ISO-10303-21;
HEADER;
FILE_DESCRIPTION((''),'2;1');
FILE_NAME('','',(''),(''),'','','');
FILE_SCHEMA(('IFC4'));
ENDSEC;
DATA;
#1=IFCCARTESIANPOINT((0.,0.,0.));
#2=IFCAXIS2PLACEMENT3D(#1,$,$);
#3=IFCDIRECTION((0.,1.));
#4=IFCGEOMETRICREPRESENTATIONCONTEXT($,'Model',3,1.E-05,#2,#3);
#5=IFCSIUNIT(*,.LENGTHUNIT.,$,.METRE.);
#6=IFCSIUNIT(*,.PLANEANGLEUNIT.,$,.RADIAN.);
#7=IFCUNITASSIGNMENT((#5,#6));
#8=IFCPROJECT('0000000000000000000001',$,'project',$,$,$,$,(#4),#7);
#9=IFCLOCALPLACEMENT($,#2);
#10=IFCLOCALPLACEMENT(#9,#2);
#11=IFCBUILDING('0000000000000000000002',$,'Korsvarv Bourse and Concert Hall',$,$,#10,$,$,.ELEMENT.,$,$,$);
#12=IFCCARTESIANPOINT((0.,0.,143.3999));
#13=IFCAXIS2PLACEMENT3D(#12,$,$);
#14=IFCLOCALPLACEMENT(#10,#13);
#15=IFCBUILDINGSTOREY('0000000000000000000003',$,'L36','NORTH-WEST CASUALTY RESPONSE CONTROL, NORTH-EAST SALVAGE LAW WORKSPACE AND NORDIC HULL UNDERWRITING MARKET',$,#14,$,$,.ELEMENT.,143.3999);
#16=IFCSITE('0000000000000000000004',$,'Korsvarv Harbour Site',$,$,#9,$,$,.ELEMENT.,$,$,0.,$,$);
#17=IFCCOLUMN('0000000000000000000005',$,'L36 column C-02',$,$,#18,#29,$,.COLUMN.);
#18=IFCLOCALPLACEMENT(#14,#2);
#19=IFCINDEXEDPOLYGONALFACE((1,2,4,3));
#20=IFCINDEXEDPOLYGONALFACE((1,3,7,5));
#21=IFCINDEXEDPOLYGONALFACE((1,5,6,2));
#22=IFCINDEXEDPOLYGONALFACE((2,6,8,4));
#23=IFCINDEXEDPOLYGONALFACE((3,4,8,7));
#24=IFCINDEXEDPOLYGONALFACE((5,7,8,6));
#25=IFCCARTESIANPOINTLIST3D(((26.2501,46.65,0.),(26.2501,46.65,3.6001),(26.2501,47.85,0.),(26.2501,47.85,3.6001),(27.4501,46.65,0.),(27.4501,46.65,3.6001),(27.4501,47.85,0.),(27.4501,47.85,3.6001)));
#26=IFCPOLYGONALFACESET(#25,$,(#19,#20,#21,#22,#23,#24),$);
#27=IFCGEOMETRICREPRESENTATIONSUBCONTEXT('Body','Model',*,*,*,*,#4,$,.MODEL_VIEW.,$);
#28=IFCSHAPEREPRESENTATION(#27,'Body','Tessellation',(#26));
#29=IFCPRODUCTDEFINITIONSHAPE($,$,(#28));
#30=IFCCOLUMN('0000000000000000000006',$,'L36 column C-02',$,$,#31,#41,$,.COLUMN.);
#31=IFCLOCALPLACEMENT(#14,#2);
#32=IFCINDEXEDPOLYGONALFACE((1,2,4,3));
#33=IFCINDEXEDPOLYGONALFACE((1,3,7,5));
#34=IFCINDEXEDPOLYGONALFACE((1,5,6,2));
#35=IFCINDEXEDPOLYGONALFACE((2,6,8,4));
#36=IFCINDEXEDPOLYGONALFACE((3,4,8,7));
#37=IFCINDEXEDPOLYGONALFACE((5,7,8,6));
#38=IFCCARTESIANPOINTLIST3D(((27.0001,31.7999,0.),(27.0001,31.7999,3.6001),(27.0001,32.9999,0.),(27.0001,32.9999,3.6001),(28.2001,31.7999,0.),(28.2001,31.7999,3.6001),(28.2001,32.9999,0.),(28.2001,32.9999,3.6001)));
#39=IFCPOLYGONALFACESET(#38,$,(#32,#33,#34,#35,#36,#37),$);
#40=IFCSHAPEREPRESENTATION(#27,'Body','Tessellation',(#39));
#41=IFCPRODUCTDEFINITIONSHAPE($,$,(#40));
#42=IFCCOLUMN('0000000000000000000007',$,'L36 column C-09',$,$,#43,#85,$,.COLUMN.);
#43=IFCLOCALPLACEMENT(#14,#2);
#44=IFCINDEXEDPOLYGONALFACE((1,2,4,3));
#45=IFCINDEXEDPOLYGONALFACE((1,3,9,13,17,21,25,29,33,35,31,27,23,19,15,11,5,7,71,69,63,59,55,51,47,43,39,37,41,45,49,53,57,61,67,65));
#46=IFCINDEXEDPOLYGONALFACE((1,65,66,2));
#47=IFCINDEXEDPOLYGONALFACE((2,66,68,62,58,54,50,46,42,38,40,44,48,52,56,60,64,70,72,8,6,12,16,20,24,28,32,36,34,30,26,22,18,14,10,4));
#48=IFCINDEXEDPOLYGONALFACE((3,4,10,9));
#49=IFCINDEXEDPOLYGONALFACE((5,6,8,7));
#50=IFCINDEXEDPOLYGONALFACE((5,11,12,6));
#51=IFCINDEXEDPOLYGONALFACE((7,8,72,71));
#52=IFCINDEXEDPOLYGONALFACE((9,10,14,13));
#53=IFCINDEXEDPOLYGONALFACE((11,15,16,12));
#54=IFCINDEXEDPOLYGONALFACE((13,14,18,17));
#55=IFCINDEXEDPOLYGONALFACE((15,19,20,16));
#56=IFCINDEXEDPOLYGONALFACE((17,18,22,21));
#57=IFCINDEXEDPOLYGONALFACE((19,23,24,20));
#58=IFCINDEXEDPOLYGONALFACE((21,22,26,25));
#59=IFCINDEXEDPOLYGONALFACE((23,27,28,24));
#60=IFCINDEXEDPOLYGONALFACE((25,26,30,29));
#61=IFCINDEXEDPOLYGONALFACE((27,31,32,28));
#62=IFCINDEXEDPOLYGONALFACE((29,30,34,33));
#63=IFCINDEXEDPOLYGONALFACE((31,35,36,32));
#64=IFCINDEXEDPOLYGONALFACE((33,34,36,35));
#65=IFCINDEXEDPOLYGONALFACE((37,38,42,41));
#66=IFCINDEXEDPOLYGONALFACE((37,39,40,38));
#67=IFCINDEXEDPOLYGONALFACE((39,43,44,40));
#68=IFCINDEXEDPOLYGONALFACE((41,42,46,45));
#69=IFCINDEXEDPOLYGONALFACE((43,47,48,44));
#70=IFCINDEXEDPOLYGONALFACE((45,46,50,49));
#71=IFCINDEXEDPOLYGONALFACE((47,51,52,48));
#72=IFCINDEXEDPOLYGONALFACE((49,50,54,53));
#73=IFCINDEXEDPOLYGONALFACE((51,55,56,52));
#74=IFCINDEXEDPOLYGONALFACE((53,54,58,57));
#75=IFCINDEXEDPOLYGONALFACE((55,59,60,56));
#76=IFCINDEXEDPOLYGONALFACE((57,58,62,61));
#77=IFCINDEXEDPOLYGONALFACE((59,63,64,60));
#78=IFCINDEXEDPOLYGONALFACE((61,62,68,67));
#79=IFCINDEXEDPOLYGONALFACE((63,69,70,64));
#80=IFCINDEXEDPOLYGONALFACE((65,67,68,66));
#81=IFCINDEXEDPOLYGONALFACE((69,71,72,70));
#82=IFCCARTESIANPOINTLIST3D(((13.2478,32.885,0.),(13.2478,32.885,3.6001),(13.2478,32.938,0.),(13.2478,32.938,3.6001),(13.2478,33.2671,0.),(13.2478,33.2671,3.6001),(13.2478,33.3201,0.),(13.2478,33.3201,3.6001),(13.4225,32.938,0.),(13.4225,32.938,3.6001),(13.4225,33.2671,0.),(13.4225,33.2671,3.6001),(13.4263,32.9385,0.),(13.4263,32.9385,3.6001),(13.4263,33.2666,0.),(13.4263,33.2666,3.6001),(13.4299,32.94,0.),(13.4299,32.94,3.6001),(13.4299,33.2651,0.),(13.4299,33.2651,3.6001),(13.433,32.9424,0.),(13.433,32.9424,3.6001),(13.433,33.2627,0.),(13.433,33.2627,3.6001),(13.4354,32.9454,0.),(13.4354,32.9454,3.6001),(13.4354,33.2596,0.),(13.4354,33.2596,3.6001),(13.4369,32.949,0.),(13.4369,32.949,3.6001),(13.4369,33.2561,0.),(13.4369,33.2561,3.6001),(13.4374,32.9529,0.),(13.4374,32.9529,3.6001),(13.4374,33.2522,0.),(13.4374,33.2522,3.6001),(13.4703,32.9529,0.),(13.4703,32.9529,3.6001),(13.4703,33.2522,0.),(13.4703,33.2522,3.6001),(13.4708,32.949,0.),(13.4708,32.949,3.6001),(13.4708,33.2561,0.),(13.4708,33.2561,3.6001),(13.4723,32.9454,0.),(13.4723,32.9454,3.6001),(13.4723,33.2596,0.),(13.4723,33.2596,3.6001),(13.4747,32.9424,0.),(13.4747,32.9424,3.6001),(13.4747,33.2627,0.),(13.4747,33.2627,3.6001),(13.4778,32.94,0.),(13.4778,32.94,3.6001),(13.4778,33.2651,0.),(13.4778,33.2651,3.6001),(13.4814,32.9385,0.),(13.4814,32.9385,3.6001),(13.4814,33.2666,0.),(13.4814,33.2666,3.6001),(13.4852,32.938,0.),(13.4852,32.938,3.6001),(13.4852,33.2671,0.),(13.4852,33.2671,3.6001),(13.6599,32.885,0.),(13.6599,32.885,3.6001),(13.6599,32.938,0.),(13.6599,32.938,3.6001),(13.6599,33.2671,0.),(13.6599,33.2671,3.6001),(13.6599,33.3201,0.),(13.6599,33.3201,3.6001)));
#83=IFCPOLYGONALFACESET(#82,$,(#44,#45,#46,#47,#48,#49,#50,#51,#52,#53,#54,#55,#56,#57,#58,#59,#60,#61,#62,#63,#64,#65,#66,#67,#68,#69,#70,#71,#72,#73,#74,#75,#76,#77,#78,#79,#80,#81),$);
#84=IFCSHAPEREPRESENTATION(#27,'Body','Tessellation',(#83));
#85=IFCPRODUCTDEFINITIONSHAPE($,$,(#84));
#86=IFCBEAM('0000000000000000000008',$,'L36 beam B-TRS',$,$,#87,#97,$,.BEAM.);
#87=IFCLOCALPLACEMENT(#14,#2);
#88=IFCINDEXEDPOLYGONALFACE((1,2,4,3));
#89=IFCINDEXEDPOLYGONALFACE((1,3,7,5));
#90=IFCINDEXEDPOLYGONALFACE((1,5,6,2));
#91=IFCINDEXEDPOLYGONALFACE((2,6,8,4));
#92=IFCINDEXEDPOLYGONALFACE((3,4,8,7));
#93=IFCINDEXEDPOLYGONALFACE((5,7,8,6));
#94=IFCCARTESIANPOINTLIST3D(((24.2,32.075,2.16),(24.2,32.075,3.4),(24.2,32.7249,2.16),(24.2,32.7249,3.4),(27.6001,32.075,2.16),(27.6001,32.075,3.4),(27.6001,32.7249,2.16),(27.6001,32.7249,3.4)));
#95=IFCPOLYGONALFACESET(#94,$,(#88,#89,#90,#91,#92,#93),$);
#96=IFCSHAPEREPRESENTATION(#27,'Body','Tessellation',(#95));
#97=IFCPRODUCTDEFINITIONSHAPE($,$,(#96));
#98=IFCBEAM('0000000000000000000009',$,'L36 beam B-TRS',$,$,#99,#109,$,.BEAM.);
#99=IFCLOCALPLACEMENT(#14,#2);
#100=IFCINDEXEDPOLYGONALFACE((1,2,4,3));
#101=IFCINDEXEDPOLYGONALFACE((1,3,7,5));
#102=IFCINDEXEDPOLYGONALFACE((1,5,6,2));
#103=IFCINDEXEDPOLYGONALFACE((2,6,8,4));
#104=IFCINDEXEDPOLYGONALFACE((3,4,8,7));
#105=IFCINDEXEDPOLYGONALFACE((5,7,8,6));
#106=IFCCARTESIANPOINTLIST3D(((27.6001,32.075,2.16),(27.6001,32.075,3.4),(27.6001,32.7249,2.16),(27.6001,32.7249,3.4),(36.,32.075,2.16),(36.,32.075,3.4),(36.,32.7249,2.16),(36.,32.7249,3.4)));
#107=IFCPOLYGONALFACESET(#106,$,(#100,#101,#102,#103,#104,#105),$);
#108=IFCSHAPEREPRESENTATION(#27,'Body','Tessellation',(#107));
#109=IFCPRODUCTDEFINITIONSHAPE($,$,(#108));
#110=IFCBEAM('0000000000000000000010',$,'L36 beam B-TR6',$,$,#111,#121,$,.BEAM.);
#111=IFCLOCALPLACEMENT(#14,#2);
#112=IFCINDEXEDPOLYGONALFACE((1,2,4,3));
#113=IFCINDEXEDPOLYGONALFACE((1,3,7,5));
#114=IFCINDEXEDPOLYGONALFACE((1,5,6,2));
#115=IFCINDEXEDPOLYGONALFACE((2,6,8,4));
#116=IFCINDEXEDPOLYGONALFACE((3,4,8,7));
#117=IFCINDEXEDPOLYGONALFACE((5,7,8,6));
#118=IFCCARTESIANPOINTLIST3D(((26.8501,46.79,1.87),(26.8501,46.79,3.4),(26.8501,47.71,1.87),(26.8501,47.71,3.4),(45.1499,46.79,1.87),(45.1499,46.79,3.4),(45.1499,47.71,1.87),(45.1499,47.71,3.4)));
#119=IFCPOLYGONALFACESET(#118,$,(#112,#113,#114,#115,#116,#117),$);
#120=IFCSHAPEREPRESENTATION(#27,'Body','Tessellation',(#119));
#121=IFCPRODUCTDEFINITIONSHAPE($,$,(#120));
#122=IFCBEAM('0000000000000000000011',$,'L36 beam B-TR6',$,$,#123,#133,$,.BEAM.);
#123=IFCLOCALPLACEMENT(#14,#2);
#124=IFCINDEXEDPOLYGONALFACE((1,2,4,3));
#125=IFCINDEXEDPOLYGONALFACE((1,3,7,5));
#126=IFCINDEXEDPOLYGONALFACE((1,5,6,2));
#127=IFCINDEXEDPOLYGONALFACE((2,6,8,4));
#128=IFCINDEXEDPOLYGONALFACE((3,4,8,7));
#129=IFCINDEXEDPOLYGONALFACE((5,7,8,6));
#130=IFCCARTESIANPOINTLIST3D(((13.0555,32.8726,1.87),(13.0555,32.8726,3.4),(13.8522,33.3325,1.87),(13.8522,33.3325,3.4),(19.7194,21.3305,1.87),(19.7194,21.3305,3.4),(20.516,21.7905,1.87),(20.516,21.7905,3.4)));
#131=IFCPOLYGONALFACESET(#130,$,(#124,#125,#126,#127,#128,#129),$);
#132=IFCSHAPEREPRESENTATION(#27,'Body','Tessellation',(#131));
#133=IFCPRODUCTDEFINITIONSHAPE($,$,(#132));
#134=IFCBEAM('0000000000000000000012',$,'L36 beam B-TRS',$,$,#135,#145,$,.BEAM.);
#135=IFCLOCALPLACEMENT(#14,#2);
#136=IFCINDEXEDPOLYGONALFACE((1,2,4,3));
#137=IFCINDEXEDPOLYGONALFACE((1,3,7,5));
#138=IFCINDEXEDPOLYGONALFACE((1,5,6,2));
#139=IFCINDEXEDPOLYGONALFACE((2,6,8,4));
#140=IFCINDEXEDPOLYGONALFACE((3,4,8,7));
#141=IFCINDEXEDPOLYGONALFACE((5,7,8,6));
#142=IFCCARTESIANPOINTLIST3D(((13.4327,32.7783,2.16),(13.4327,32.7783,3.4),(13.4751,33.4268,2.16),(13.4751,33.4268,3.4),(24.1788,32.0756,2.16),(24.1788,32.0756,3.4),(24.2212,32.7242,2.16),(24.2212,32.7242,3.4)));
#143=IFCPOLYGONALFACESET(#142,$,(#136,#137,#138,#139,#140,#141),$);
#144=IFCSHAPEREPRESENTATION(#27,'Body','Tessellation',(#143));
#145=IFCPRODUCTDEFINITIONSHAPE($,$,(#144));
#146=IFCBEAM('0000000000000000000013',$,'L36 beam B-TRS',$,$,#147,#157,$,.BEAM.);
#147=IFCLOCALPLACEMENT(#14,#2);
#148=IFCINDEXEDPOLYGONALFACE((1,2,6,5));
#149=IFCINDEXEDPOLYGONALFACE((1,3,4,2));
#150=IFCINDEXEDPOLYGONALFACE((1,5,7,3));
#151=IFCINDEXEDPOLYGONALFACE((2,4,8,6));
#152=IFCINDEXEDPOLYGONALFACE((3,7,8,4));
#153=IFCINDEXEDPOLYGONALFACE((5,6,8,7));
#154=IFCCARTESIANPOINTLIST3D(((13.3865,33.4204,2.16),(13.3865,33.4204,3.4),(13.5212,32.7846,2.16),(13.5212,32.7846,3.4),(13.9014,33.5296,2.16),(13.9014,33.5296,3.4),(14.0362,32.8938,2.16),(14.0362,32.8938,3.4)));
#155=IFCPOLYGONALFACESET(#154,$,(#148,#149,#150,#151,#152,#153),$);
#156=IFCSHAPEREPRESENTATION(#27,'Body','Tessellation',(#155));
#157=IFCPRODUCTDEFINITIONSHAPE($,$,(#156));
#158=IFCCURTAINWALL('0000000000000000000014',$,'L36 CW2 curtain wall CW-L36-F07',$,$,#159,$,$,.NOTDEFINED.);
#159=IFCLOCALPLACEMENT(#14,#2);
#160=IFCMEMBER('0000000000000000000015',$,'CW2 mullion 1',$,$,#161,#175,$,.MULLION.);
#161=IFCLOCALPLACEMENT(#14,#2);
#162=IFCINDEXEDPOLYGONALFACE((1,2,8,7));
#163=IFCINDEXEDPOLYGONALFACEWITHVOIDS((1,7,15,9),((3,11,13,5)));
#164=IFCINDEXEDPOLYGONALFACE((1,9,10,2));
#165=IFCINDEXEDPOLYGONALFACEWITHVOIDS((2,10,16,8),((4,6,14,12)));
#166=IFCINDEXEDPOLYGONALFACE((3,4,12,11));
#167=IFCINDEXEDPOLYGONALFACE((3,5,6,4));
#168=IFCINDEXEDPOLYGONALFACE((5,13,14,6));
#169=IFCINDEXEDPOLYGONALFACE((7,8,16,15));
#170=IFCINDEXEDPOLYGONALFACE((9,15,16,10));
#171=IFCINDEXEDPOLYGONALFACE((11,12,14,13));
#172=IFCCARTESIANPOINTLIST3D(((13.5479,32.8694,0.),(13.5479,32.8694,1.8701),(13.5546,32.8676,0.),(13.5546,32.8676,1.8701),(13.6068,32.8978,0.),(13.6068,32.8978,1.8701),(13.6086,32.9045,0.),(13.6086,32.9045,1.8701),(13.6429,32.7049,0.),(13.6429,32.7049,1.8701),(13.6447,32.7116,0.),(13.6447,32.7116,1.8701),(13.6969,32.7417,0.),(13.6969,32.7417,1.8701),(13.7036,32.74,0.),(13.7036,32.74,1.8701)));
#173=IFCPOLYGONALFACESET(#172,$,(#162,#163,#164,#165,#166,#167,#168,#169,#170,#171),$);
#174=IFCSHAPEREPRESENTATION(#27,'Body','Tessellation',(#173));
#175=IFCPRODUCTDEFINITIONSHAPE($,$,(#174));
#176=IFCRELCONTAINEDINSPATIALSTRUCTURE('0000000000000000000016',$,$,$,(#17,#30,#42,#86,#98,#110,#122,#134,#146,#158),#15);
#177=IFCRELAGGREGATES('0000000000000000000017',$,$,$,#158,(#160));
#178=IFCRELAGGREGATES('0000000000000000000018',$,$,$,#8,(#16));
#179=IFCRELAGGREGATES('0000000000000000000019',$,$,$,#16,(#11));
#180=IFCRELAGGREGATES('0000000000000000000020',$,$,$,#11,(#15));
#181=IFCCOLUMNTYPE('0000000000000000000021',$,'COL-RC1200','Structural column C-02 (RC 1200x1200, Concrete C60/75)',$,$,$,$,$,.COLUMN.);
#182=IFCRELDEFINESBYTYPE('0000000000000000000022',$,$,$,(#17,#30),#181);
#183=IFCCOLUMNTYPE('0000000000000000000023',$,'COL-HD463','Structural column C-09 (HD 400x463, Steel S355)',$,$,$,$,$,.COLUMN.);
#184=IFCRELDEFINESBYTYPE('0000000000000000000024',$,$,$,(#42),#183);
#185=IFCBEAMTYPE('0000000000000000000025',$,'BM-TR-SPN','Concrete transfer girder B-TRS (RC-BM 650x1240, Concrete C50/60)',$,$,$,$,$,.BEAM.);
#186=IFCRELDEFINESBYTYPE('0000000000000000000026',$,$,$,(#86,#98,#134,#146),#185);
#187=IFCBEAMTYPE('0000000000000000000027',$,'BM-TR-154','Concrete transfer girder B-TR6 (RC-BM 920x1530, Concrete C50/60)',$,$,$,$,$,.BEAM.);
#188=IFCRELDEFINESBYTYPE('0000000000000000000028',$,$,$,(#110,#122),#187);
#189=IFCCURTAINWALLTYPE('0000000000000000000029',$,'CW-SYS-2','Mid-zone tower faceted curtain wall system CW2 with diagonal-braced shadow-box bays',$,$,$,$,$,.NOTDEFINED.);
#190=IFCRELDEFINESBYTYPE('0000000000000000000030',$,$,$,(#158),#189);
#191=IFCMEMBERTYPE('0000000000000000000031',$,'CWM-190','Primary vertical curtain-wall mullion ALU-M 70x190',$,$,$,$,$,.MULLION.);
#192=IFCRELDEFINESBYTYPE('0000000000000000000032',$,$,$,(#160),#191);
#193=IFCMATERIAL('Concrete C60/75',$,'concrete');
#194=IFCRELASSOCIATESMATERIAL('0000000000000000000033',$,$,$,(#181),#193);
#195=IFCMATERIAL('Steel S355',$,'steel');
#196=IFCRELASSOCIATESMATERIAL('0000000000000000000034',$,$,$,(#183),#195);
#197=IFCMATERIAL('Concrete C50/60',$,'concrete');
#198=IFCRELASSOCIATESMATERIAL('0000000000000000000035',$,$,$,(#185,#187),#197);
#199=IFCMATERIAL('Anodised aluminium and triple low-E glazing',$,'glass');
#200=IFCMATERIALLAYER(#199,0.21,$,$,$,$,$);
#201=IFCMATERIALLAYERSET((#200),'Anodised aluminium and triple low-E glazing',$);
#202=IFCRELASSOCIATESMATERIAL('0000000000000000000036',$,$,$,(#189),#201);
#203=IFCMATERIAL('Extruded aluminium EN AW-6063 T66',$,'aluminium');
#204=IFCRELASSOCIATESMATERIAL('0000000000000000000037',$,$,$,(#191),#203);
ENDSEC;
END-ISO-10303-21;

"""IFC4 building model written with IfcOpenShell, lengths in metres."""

from ifc_helpers import new_model, si_unit, direction, frame, origin, origin_2d, place, context, subcontext, project, spatial, rectangle, hollow_rectangle, i_section, extrude, source, transform, mapped, material, layer, layer_set, material_profile, profile_set, type_object, element, aggregate, save


model = new_model("IFC4")

# Units and contexts
model_context = context("Model", 3, precision=1e-05, world=origin(), true_north=direction((0.0, 1.0)))
body_context = subcontext(model_context, "Body", "Model", "MODEL_VIEW")
ifc_project = project(units=[si_unit("LENGTHUNIT", "METRE"), si_unit("PLANEANGLEUNIT", "RADIAN")], contexts=[model_context])

# Site, building, storey
site_placement = place(None, origin())
site = spatial("IfcSite", under=ifc_project, at=site_placement, Name="Korsvarv Harbour Site", CompositionType="ELEMENT", RefElevation=0.0)
building_placement = place(site_placement, origin())
building = spatial("IfcBuilding", under=site, at=building_placement, Name="Korsvarv Bourse and Concert Hall", CompositionType="ELEMENT")
storey_placement = place(building_placement, frame((0.0, 0.0, 143.3999)))
storey = spatial("IfcBuildingStorey", under=building, at=storey_placement, Name="L36", Description="NORTH-WEST CASUALTY RESPONSE CONTROL, NORTH-EAST SALVAGE LAW WORKSPACE AND NORDIC HULL UNDERWRITING MARKET", CompositionType="ELEMENT", Elevation=143.3999)

# Columns
ifc_material_1 = material(Name="Concrete C60/75", Category="concrete")
ifc_material_profile_1 = material_profile(ifc_material_1, rectangle(XDim=1.2, YDim=1.2, at=origin_2d()), Name="RC 1200x1200")
ifc_profile_set_1 = profile_set([ifc_material_profile_1], Name="Concrete C60/75")
column_type_1 = type_object("IfcColumnType", Name="COL-RC1200", Description="Structural column C-02 (RC 1200x1200, Concrete C60/75)", PredefinedType="COLUMN", material=ifc_profile_set_1)
shared_shape_1 = source(origin(), body_context, "Body", "SweptSolid", [
    extrude(rectangle(XDim=1.2, YDim=1.2, at=origin_2d()), origin(), (0.0, 0.0, 1.0), 3.6001),
])
for number, where, z_axis, x_axis, name in (
    (1, (26.8501, 47.25, 0.0), (0.0, 0.0, 1.0), (1.0, 0.0, 0.0), "L36 column C-02"),
    (2, (27.6001, 32.3999, 0.0), (0.0, 0.0, 1.0), (1.0, 0.0, 0.0), "L36 column C-02"),
):
    element("IfcColumn", number, at=place(storey_placement, frame(where, z_axis=z_axis, x_axis=x_axis)), inside=storey, type_object=column_type_1, Name=name, PredefinedType="COLUMN", context=body_context, shape_type="MappedRepresentation", body=[
        mapped(shared_shape_1, transform((0.0, 0.0, 0.0), scale=1.0)),
    ])
ifc_material_2 = material(Name="Steel S355", Category="steel")
ifc_material_profile_2 = material_profile(ifc_material_2, i_section(OverallWidth=0.4121, OverallDepth=0.4351, WebThickness=0.033, FlangeThickness=0.053, FilletRadius=0.0149, at=origin_2d()), Name="HD 400x463")
ifc_profile_set_2 = profile_set([ifc_material_profile_2], Name="Steel S355")
column_type_2 = type_object("IfcColumnType", Name="COL-HD463", Description="Structural column C-09 (HD 400x463, Steel S355)", PredefinedType="COLUMN", material=ifc_profile_set_2)
shared_shape_2 = source(origin(), body_context, "Body", "SweptSolid", [
    extrude(i_section(OverallWidth=0.4121, OverallDepth=0.4351, WebThickness=0.033, FlangeThickness=0.053, FilletRadius=0.0149, at=origin_2d()), origin(), (0.0, 0.0, 1.0), 3.6001),
])
column_placement = place(storey_placement, frame((13.4539, 33.1025, 0.0), z_axis=(0.0, 0.0, 1.0), x_axis=(1.0, 0.0, 0.0)))
element("IfcColumn", 3, at=column_placement, inside=storey, type_object=column_type_2, Name="L36 column C-09", PredefinedType="COLUMN", context=body_context, shape_type="MappedRepresentation", body=[
    mapped(shared_shape_2, transform((0.0, 0.0, 0.0), scale=1.0)),
])

# Beams
ifc_material_3 = material(Name="Concrete C50/60", Category="concrete")
ifc_material_profile_3 = material_profile(ifc_material_3, rectangle(XDim=0.6499, YDim=1.24, at=origin_2d()), Name="RC-BM 650x1240")
ifc_profile_set_3 = profile_set([ifc_material_profile_3], Name="Concrete C50/60")
beam_type_1 = type_object("IfcBeamType", Name="BM-TR-SPN", Description="Concrete transfer girder B-TRS (RC-BM 650x1240, Concrete C50/60)", PredefinedType="BEAM", material=ifc_profile_set_3)
shared_shape_3 = source(origin(), body_context, "Body", "SweptSolid", [
    extrude(rectangle(XDim=0.6499, YDim=1.24, at=origin_2d()), origin(), (0.0, 0.0, 1.0), 3.4001),
])
beam_1_placement = place(storey_placement, frame((24.2, 32.3999, 2.78), z_axis=(1.0, 0.0, 0.0), x_axis=(0.0, 1.0, 0.0)))
element("IfcBeam", 4, at=beam_1_placement, inside=storey, type_object=beam_type_1, Name="L36 beam B-TRS", PredefinedType="BEAM", context=body_context, shape_type="MappedRepresentation", body=[
    mapped(shared_shape_3, transform((0.0, 0.0, 0.0), scale=1.0)),
])
shared_shape_4 = source(origin(), body_context, "Body", "SweptSolid", [
    extrude(rectangle(XDim=0.6499, YDim=1.24, at=origin_2d()), origin(), (0.0, 0.0, 1.0), 8.3999),
])
beam_2_placement = place(storey_placement, frame((27.6001, 32.3999, 2.78), z_axis=(1.0, 0.0, 0.0), x_axis=(0.0, 1.0, 0.0)))
element("IfcBeam", 5, at=beam_2_placement, inside=storey, type_object=beam_type_1, Name="L36 beam B-TRS", PredefinedType="BEAM", context=body_context, shape_type="MappedRepresentation", body=[
    mapped(shared_shape_4, transform((0.0, 0.0, 0.0), scale=1.0)),
])
ifc_material_profile_4 = material_profile(ifc_material_3, rectangle(XDim=0.9199, YDim=1.53, at=origin_2d()), Name="RC-BM 920x1530")
ifc_profile_set_4 = profile_set([ifc_material_profile_4], Name="Concrete C50/60")
beam_type_2 = type_object("IfcBeamType", Name="BM-TR-154", Description="Concrete transfer girder B-TR6 (RC-BM 920x1530, Concrete C50/60)", PredefinedType="BEAM", material=ifc_profile_set_4)
shared_shape_5 = source(origin(), body_context, "Body", "SweptSolid", [
    extrude(rectangle(XDim=0.9199, YDim=1.53, at=origin_2d()), origin(), (0.0, 0.0, 1.0), 18.2998),
])
beam_3_placement = place(storey_placement, frame((26.8501, 47.25, 2.635), z_axis=(1.0, 0.0, 0.0), x_axis=(0.0, 1.0, 0.0)))
element("IfcBeam", 6, at=beam_3_placement, inside=storey, type_object=beam_type_2, Name="L36 beam B-TR6", PredefinedType="BEAM", context=body_context, shape_type="MappedRepresentation", body=[
    mapped(shared_shape_5, transform((0.0, 0.0, 0.0), scale=1.0)),
])
shared_shape_6 = source(origin(), body_context, "Body", "SweptSolid", [
    extrude(rectangle(XDim=0.9199, YDim=1.53, at=origin_2d()), origin(), (0.0, 0.0, 1.0), 13.3276),
])
beam_4_placement = place(storey_placement, frame((13.4539, 33.1025, 2.635), z_axis=(0.500003, -0.866024, 0.0), x_axis=(0.866024, 0.500003, 0.0)))
element("IfcBeam", 7, at=beam_4_placement, inside=storey, type_object=beam_type_2, Name="L36 beam B-TR6", PredefinedType="BEAM", context=body_context, shape_type="MappedRepresentation", body=[
    mapped(shared_shape_6, transform((0.0, 0.0, 0.0), scale=1.0)),
])
shared_shape_7 = source(origin(), body_context, "Body", "SweptSolid", [
    extrude(rectangle(XDim=0.6499, YDim=1.24, at=origin_2d()), origin(), (0.0, 0.0, 1.0), 10.769),
])
beam_5_placement = place(storey_placement, frame((13.4539, 33.1025, 2.78), z_axis=(0.997869, -0.065246, 0.0), x_axis=(0.065246, 0.997869, 0.0)))
element("IfcBeam", 8, at=beam_5_placement, inside=storey, type_object=beam_type_1, Name="L36 beam B-TRS", PredefinedType="BEAM", context=body_context, shape_type="MappedRepresentation", body=[
    mapped(shared_shape_7, transform((0.0, 0.0, 0.0), scale=1.0)),
])
shared_shape_8 = source(origin(), body_context, "Body", "SweptSolid", [
    extrude(rectangle(XDim=0.6499, YDim=1.24, at=origin_2d()), origin(), (0.0, 0.0, 1.0), 0.5264),
])
beam_6_placement = place(storey_placement, frame((13.4539, 33.1025, 2.78), z_axis=(0.978268, 0.207343, 0.0), x_axis=(-0.207343, 0.978268, 0.0)))
element("IfcBeam", 9, at=beam_6_placement, inside=storey, type_object=beam_type_1, Name="L36 beam B-TRS", PredefinedType="BEAM", context=body_context, shape_type="MappedRepresentation", body=[
    mapped(shared_shape_8, transform((0.0, 0.0, 0.0), scale=1.0)),
])

# Curtain wall, member
ifc_material_4 = material(Name="Anodised aluminium and triple low-E glazing", Category="glass")
ifc_layer_1 = layer(ifc_material_4, 0.21)
ifc_layer_set_1 = layer_set([ifc_layer_1], Name="Anodised aluminium and triple low-E glazing")
curtain_wall_type = type_object("IfcCurtainWallType", Name="CW-SYS-2", Description="Mid-zone tower faceted curtain wall system CW2 with diagonal-braced shadow-box bays", PredefinedType="NOTDEFINED", material=ifc_layer_set_1)
curtain_wall_placement = place(storey_placement, origin())
curtain_wall = element("IfcCurtainWall", 10, at=curtain_wall_placement, inside=storey, type_object=curtain_wall_type, Name="L36 CW2 curtain wall CW-L36-F07", PredefinedType="NOTDEFINED")
ifc_material_5 = material(Name="Extruded aluminium EN AW-6063 T66", Category="aluminium")
ifc_material_profile_5 = material_profile(ifc_material_5, hollow_rectangle(XDim=0.0701, YDim=0.1899, WallThickness=0.0049, at=origin_2d()), Name="ALU-M 70x190")
ifc_profile_set_5 = profile_set([ifc_material_profile_5], Name="Extruded aluminium EN AW-6063 T66")
member_type_1 = type_object("IfcMemberType", Name="CWM-190", Description="Primary vertical curtain-wall mullion ALU-M 70x190", PredefinedType="MULLION", material=ifc_profile_set_5)
shared_shape_9 = source(origin(), body_context, "Body", "SweptSolid", [
    extrude(hollow_rectangle(XDim=0.0701, YDim=0.1899, WallThickness=0.0049, at=origin_2d()), origin(), (0.0, 0.0, 1.0), 1.8701),
])
member_1_placement = place(storey_placement, frame((13.6257, 32.8047, 0.0), z_axis=(0.0, 0.0, 1.0), x_axis=(0.866025, 0.5, 0.0)))
member_1 = element("IfcMember", 11, at=member_1_placement, type_object=member_type_1, Name="CW2 mullion 1", PredefinedType="MULLION", context=body_context, shape_type="MappedRepresentation", body=[
    mapped(shared_shape_9, transform((0.0, 0.0, 0.0), scale=1.0)),
])
aggregate(curtain_wall, [member_1])

save(model, "model.ifc")
